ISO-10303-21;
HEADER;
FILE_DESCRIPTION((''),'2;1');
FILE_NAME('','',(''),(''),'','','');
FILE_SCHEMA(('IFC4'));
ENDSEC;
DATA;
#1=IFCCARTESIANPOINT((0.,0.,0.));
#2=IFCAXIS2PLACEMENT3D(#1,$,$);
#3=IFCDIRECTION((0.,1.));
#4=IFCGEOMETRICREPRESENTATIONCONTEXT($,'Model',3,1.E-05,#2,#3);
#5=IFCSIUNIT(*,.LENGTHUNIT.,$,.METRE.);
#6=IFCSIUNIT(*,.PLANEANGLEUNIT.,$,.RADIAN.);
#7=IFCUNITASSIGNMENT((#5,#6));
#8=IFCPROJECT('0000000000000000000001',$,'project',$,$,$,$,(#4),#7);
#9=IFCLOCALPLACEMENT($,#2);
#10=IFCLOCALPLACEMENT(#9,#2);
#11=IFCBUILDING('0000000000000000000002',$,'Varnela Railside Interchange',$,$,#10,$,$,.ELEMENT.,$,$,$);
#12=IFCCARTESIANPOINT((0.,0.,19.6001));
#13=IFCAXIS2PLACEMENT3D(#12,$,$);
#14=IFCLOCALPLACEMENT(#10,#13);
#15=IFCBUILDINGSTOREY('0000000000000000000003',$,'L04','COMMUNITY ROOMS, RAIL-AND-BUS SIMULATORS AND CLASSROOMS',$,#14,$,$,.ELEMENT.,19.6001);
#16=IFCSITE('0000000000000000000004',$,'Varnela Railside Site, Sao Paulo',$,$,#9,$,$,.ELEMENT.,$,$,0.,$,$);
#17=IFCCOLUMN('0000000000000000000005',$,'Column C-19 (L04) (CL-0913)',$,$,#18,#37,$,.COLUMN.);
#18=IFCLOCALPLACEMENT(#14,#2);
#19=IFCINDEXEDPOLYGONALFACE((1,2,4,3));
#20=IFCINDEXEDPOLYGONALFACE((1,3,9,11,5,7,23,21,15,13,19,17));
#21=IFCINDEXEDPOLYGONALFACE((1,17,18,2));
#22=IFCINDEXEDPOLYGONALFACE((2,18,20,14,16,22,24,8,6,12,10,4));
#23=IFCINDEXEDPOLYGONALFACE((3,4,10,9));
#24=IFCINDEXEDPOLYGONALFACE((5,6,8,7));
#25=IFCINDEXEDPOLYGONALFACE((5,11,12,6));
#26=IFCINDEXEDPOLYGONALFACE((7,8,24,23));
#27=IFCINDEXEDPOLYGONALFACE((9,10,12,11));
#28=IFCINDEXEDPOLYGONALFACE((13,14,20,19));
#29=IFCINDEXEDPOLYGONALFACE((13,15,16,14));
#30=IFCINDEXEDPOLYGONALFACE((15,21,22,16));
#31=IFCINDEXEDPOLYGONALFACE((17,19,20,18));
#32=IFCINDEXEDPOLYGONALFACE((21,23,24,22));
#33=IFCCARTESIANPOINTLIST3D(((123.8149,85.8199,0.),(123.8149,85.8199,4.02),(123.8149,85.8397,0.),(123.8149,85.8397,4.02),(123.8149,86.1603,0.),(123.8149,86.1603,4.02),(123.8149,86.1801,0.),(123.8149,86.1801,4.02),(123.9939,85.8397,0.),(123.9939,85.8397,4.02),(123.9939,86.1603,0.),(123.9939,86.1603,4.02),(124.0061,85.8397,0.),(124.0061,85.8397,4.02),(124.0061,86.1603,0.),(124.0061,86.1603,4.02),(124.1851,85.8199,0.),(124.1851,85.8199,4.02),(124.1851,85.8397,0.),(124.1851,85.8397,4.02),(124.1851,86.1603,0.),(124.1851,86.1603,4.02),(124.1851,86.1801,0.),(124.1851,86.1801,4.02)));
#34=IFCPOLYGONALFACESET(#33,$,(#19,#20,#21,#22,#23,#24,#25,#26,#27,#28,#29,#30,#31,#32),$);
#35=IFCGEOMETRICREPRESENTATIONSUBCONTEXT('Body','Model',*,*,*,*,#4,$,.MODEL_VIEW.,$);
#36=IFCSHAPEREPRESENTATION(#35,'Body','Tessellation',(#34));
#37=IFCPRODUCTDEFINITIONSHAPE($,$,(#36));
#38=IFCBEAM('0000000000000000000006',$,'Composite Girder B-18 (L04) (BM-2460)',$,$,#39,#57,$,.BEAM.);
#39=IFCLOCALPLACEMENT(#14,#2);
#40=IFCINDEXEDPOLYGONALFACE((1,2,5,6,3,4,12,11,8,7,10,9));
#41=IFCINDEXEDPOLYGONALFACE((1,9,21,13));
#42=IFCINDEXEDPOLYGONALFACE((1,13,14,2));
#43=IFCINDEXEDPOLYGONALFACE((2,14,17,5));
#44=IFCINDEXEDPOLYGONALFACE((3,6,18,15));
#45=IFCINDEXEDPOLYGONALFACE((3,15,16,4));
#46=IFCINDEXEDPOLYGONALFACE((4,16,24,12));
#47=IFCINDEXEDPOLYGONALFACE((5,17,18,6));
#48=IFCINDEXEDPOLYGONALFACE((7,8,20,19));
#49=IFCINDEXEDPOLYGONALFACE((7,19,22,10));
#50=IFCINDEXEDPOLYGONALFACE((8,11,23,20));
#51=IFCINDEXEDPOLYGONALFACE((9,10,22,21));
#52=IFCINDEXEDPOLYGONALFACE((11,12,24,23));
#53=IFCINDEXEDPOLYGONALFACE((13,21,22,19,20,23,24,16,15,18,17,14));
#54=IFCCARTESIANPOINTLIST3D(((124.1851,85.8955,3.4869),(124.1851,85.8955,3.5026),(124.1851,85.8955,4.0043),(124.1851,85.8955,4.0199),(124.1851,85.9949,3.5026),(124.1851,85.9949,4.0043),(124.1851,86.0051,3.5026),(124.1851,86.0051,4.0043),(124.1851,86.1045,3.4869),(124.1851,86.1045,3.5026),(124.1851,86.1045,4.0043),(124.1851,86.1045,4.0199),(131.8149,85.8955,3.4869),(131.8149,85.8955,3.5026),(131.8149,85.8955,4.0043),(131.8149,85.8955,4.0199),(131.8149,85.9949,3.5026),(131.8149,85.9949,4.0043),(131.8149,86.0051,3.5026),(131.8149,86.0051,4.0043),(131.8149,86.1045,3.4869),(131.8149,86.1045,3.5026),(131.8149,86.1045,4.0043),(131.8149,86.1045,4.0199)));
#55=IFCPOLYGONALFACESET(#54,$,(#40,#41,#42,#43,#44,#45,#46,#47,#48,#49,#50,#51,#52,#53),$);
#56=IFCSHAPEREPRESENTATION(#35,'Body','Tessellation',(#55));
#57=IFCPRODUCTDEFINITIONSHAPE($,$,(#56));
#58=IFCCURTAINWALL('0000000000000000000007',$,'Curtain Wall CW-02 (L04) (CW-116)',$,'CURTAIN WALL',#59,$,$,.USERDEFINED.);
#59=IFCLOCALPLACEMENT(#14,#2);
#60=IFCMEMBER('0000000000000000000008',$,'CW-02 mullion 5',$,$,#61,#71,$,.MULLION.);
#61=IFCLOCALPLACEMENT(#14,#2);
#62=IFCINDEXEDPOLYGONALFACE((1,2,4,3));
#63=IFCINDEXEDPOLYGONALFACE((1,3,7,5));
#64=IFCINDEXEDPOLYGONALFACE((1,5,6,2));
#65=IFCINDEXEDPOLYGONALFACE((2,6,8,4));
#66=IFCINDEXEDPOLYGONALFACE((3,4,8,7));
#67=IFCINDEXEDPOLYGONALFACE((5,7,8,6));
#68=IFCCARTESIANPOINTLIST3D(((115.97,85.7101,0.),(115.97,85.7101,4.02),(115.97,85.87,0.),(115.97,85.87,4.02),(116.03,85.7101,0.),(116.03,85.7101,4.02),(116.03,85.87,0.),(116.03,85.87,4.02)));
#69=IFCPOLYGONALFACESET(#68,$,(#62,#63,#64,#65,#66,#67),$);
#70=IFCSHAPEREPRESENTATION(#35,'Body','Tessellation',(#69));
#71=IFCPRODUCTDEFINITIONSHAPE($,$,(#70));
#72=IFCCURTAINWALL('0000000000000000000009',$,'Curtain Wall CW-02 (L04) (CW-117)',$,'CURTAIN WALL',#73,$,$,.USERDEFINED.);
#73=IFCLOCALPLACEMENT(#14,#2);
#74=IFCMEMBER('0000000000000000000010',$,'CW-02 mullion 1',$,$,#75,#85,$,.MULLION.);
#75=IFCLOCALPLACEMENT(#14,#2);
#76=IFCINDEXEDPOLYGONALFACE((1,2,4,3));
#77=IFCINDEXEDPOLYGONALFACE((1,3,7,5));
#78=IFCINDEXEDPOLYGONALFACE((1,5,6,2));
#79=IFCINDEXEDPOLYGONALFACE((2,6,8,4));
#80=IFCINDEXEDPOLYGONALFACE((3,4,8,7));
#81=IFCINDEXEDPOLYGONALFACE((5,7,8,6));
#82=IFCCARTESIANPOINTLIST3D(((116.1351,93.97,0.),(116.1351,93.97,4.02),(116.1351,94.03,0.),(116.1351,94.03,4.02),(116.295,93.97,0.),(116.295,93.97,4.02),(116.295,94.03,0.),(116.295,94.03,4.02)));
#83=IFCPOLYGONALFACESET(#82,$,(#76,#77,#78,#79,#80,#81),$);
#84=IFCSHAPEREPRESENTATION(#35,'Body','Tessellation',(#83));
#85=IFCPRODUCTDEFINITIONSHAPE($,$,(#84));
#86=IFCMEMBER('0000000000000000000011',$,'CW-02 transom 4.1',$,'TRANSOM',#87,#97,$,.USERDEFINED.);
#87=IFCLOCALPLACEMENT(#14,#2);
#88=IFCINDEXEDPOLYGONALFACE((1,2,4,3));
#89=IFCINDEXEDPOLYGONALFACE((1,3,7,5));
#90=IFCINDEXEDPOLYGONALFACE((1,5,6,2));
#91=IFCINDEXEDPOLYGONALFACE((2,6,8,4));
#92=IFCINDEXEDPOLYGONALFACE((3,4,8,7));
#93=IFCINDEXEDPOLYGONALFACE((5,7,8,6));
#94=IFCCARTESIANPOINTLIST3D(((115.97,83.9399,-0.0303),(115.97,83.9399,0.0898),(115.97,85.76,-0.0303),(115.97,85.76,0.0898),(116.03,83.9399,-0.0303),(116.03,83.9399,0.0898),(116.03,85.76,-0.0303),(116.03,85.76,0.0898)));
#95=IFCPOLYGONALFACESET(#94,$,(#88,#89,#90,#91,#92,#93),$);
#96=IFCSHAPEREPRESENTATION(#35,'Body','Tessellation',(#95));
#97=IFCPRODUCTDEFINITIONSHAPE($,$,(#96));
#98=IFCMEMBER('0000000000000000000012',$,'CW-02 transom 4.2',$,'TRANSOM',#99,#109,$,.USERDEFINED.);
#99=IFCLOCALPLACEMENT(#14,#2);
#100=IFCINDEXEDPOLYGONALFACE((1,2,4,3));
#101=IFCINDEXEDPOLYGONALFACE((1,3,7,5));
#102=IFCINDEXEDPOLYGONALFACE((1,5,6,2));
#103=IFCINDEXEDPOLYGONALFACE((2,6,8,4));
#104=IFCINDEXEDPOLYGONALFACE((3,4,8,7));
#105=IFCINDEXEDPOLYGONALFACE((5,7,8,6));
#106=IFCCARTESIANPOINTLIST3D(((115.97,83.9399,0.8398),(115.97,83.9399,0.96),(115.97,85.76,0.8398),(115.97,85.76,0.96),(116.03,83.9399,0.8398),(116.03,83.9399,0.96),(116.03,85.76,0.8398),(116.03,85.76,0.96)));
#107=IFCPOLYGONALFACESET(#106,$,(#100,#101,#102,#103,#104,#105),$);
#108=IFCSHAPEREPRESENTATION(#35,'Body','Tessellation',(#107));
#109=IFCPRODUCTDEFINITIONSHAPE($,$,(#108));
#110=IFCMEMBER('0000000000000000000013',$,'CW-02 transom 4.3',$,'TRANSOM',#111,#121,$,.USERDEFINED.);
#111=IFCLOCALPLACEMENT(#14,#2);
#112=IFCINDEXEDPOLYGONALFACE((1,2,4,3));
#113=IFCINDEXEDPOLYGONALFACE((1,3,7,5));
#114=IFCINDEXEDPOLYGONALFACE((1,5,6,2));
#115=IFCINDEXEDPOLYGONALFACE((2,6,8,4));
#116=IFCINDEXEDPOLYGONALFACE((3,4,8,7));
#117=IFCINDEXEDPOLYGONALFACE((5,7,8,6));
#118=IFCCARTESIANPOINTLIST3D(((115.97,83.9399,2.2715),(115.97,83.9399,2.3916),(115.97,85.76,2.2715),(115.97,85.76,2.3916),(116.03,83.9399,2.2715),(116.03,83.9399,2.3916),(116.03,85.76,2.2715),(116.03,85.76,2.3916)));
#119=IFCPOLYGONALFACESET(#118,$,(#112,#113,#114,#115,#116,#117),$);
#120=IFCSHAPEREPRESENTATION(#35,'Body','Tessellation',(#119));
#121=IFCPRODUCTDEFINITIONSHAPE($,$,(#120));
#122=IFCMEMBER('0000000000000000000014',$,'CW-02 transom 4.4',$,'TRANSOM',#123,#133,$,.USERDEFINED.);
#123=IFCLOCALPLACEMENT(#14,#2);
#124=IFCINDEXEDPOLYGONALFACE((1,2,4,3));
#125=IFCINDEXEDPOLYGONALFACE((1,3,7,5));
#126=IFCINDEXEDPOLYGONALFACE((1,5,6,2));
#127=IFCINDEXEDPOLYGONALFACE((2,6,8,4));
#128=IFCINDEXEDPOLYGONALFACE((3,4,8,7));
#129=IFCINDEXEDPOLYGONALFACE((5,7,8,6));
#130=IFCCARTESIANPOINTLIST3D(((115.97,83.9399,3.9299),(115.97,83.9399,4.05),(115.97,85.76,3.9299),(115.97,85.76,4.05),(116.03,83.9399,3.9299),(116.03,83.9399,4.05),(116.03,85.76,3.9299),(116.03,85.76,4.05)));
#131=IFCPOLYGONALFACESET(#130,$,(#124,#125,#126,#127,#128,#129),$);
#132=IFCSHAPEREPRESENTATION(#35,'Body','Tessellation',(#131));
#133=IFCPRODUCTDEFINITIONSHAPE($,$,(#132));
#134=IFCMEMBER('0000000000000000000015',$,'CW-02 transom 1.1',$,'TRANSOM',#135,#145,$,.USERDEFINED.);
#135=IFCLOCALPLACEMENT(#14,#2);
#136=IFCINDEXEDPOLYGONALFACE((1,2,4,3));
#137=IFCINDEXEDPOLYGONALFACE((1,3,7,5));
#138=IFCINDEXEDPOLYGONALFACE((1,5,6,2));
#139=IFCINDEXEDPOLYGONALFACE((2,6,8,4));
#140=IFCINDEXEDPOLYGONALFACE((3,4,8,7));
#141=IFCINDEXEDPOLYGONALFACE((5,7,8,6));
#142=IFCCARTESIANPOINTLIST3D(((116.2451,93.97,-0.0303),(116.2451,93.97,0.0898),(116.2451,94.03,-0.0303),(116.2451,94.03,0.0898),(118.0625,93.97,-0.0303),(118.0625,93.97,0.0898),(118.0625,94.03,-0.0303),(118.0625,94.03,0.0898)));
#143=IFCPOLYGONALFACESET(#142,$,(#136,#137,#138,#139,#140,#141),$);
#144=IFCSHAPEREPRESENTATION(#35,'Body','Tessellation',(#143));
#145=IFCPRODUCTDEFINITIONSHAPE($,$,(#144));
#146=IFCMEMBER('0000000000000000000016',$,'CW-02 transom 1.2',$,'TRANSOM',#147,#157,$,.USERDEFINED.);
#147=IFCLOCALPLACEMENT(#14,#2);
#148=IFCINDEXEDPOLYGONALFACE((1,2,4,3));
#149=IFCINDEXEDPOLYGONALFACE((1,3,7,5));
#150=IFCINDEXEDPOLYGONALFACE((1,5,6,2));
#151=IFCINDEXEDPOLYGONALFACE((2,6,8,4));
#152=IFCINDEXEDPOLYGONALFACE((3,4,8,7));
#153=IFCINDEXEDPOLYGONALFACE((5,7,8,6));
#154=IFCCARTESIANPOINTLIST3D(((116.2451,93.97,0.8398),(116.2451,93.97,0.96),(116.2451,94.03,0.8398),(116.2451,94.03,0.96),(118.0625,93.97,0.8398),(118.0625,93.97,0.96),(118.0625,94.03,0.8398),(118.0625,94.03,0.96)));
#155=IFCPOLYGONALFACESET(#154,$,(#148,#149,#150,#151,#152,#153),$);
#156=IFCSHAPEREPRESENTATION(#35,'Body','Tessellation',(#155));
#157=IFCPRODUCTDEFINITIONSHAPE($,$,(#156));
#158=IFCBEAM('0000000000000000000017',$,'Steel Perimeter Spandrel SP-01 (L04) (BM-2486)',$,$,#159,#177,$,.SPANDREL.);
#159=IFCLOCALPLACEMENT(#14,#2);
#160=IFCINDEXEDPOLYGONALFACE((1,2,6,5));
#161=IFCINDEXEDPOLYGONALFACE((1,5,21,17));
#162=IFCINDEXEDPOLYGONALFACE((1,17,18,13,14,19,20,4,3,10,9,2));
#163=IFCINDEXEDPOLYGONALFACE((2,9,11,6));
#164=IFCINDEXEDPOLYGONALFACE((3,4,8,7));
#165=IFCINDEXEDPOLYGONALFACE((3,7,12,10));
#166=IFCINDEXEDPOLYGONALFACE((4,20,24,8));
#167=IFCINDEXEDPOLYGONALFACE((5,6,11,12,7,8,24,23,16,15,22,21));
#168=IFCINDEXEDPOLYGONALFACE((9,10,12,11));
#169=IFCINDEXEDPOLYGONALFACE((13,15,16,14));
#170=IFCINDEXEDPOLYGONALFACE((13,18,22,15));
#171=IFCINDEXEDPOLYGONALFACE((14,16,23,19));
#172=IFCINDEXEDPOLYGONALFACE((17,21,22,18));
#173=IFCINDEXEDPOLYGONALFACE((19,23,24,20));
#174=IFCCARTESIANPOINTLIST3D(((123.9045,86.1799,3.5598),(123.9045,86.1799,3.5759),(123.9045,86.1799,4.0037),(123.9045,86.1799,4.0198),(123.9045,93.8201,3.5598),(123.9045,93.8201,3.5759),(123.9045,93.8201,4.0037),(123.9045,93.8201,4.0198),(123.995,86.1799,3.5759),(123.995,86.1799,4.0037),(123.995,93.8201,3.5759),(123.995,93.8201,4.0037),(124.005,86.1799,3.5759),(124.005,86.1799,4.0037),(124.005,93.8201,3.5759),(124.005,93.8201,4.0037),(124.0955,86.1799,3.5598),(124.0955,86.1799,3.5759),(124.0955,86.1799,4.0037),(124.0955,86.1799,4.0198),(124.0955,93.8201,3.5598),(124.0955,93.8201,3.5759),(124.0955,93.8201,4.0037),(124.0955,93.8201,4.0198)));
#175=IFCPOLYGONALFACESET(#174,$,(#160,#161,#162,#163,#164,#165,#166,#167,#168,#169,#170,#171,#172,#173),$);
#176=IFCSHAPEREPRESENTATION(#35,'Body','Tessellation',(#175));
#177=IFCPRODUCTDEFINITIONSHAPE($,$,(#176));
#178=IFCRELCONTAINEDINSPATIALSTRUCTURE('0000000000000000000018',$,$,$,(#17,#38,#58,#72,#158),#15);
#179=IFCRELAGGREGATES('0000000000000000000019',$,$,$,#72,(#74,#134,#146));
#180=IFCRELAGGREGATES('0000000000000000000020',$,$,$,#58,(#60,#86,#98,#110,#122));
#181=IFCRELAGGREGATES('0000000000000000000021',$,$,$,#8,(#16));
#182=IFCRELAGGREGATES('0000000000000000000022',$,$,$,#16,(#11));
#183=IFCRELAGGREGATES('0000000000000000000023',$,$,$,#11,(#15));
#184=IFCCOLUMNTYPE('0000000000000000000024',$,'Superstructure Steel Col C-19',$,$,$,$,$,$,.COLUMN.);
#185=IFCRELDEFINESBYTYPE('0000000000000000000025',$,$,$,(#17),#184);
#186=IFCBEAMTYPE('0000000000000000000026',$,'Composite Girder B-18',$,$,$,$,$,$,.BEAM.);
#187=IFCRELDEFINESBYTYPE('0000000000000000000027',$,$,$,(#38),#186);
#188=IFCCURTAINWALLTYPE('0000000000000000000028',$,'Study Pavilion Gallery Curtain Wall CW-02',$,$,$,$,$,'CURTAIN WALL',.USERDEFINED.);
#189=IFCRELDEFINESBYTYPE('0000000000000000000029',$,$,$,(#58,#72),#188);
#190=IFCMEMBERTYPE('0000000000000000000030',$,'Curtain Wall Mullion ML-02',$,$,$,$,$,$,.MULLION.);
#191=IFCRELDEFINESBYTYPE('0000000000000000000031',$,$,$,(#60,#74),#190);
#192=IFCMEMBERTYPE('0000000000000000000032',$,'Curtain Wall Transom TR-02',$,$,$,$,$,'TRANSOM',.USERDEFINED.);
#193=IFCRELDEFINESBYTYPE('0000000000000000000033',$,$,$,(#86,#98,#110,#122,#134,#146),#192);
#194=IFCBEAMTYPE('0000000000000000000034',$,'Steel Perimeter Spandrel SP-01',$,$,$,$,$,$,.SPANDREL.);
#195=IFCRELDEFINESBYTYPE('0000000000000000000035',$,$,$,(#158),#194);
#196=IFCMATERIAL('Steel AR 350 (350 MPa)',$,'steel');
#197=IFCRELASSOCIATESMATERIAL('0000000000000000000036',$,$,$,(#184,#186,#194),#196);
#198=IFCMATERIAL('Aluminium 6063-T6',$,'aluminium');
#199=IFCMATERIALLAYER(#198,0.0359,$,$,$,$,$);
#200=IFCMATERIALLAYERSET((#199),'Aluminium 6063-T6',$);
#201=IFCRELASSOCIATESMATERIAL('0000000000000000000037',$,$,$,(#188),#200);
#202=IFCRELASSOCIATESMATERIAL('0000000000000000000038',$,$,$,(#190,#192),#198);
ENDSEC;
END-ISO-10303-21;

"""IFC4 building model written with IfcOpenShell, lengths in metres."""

from ifc_helpers import new_model, si_unit, direction, frame, origin, origin_2d, place, context, subcontext, project, spatial, rectangle, i_section, extrude, material, layer, layer_set, material_profile, profile_set, type_object, element, aggregate, save


model = new_model("IFC4")

# Units and contexts
model_context = context("Model", 3, precision=1e-05, world=origin(), true_north=direction((0.0, 1.0)))
body_context = subcontext(model_context, "Body", "Model", "MODEL_VIEW")
ifc_project = project(units=[si_unit("LENGTHUNIT", "METRE"), si_unit("PLANEANGLEUNIT", "RADIAN")], contexts=[model_context])

# Site, building, storey
site_placement = place(None, origin())
site = spatial("IfcSite", under=ifc_project, at=site_placement, Name="Varnela Railside Site, Sao Paulo", CompositionType="ELEMENT", RefElevation=0.0)
building_placement = place(site_placement, origin())
building = spatial("IfcBuilding", under=site, at=building_placement, Name="Varnela Railside Interchange", CompositionType="ELEMENT")
storey_placement = place(building_placement, frame((0.0, 0.0, 19.6001)))
storey = spatial("IfcBuildingStorey", under=building, at=storey_placement, Name="L04", Description="COMMUNITY ROOMS, RAIL-AND-BUS SIMULATORS AND CLASSROOMS", CompositionType="ELEMENT", Elevation=19.6001)

# Column
ifc_material_1 = material(Name="Steel AR 350 (350 MPa)", Category="steel")
ifc_material_profile_1 = material_profile(ifc_material_1, i_section(OverallWidth=0.3701, OverallDepth=0.3601, WebThickness=0.0122, FlangeThickness=0.0198, at=origin_2d()), Name="W360x147")
ifc_profile_set_1 = profile_set([ifc_material_profile_1], Name="Steel AR 350 (350 MPa)")
column_type = type_object("IfcColumnType", Name="Superstructure Steel Col C-19", PredefinedType="COLUMN", material=ifc_profile_set_1)
column_placement = place(storey_placement, frame((124.0, 86.0, 0.0), z_axis=(0.0, 0.0, 1.0), x_axis=(1.0, 0.0, 0.0)))
element("IfcColumn", 1, at=column_placement, inside=storey, type_object=column_type, Name="Column C-19 (L04) (CL-0913)", PredefinedType="COLUMN", context=body_context, shape_type="SweptSolid", body=[
    extrude(i_section(OverallWidth=0.3701, OverallDepth=0.3601, WebThickness=0.0122, FlangeThickness=0.0198, at=origin_2d()), origin(), (0.0, 0.0, 1.0), 4.02),
])

# Beam
ifc_material_profile_2 = material_profile(ifc_material_1, i_section(OverallWidth=0.209, OverallDepth=0.533, WebThickness=0.0103, FlangeThickness=0.0156, at=origin_2d()), Name="W530x92")
ifc_profile_set_2 = profile_set([ifc_material_profile_2], Name="Steel AR 350 (350 MPa)")
beam_type_1 = type_object("IfcBeamType", Name="Composite Girder B-18", PredefinedType="BEAM", material=ifc_profile_set_2)
beam_1_placement = place(storey_placement, frame((124.1851, 86.0, 3.7534), z_axis=(1.0, 0.0, 0.0), x_axis=(0.0, 1.0, 0.0)))
element("IfcBeam", 2, at=beam_1_placement, inside=storey, type_object=beam_type_1, Name="Composite Girder B-18 (L04) (BM-2460)", PredefinedType="BEAM", context=body_context, shape_type="SweptSolid", body=[
    extrude(i_section(OverallWidth=0.209, OverallDepth=0.533, WebThickness=0.0103, FlangeThickness=0.0156, at=origin_2d()), origin(), (0.0, 0.0, 1.0), 7.6299),
])

# Curtain walls, members
ifc_material_2 = material(Name="Aluminium 6063-T6", Category="aluminium")
ifc_layer_1 = layer(ifc_material_2, 0.0359)
ifc_layer_set_1 = layer_set([ifc_layer_1], Name="Aluminium 6063-T6")
curtain_wall_type = type_object("IfcCurtainWallType", Name="Study Pavilion Gallery Curtain Wall CW-02", ElementType="CURTAIN WALL", PredefinedType="USERDEFINED", material=ifc_layer_set_1)
curtain_wall_1_placement = place(storey_placement, origin())
curtain_wall_1 = element("IfcCurtainWall", 3, at=curtain_wall_1_placement, inside=storey, type_object=curtain_wall_type, Name="Curtain Wall CW-02 (L04) (CW-116)", ObjectType="CURTAIN WALL", PredefinedType="USERDEFINED")
ifc_material_profile_3 = material_profile(ifc_material_2, rectangle(XDim=0.0601, YDim=0.1599, at=origin_2d()), Name="ALU 60x160")
ifc_profile_set_3 = profile_set([ifc_material_profile_3], Name="Aluminium 6063-T6")
member_type_1 = type_object("IfcMemberType", Name="Curtain Wall Mullion ML-02", PredefinedType="MULLION", material=ifc_profile_set_3)
member_1_placement = place(storey_placement, frame((116.0, 85.79, 0.0), z_axis=(0.0, 0.0, 1.0), x_axis=(-1.0, 0.0, 0.0)))
member_1 = element("IfcMember", 4, at=member_1_placement, type_object=member_type_1, Name="CW-02 mullion 5", PredefinedType="MULLION", context=body_context, shape_type="SweptSolid", body=[
    extrude(rectangle(XDim=0.0601, YDim=0.1599, at=origin_2d()), origin(), (0.0, 0.0, 1.0), 4.02),
])
curtain_wall_2_placement = place(storey_placement, origin())
curtain_wall_2 = element("IfcCurtainWall", 5, at=curtain_wall_2_placement, inside=storey, type_object=curtain_wall_type, Name="Curtain Wall CW-02 (L04) (CW-117)", ObjectType="CURTAIN WALL", PredefinedType="USERDEFINED")
member_2_placement = place(storey_placement, frame((116.2151, 94.0, 0.0), z_axis=(0.0, 0.0, 1.0), x_axis=(0.0, 1.0, 0.0)))
member_2 = element("IfcMember", 6, at=member_2_placement, type_object=member_type_1, Name="CW-02 mullion 1", PredefinedType="MULLION", context=body_context, shape_type="SweptSolid", body=[
    extrude(rectangle(XDim=0.0601, YDim=0.1599, at=origin_2d()), origin(), (0.0, 0.0, 1.0), 4.02),
])

# Members
ifc_material_profile_4 = material_profile(ifc_material_2, rectangle(XDim=0.0601, YDim=0.1201, at=origin_2d()), Name="ALU 60x120")
ifc_profile_set_4 = profile_set([ifc_material_profile_4], Name="Aluminium 6063-T6")
member_type_2 = type_object("IfcMemberType", Name="Curtain Wall Transom TR-02", ElementType="TRANSOM", PredefinedType="USERDEFINED", material=ifc_profile_set_4)
member_3_placement = place(storey_placement, frame((116.0, 83.9399, 0.0298), z_axis=(0.0, 1.0, 0.0), x_axis=(-1.0, 0.0, 0.0)))
member_3 = element("IfcMember", 7, at=member_3_placement, type_object=member_type_2, Name="CW-02 transom 4.1", ObjectType="TRANSOM", PredefinedType="USERDEFINED", context=body_context, shape_type="SweptSolid", body=[
    extrude(rectangle(XDim=0.0601, YDim=0.1201, at=origin_2d()), origin(), (0.0, 0.0, 1.0), 1.8201),
])
member_4_placement = place(storey_placement, frame((116.0, 83.9399, 0.8999), z_axis=(0.0, 1.0, 0.0), x_axis=(-1.0, 0.0, 0.0)))
member_4 = element("IfcMember", 8, at=member_4_placement, type_object=member_type_2, Name="CW-02 transom 4.2", ObjectType="TRANSOM", PredefinedType="USERDEFINED", context=body_context, shape_type="SweptSolid", body=[
    extrude(rectangle(XDim=0.0601, YDim=0.1201, at=origin_2d()), origin(), (0.0, 0.0, 1.0), 1.8201),
])
member_5_placement = place(storey_placement, frame((116.0, 83.9399, 2.3315), z_axis=(0.0, 1.0, 0.0), x_axis=(-1.0, 0.0, 0.0)))
member_5 = element("IfcMember", 9, at=member_5_placement, type_object=member_type_2, Name="CW-02 transom 4.3", ObjectType="TRANSOM", PredefinedType="USERDEFINED", context=body_context, shape_type="SweptSolid", body=[
    extrude(rectangle(XDim=0.0601, YDim=0.1201, at=origin_2d()), origin(), (0.0, 0.0, 1.0), 1.8201),
])
member_6_placement = place(storey_placement, frame((116.0, 83.9399, 3.99), z_axis=(0.0, 1.0, 0.0), x_axis=(-1.0, 0.0, 0.0)))
member_6 = element("IfcMember", 10, at=member_6_placement, type_object=member_type_2, Name="CW-02 transom 4.4", ObjectType="TRANSOM", PredefinedType="USERDEFINED", context=body_context, shape_type="SweptSolid", body=[
    extrude(rectangle(XDim=0.0601, YDim=0.1201, at=origin_2d()), origin(), (0.0, 0.0, 1.0), 1.8201),
])
member_7_placement = place(storey_placement, frame((116.2451, 94.0, 0.0298), z_axis=(1.0, 0.0, 0.0), x_axis=(0.0, 1.0, 0.0)))
member_7 = element("IfcMember", 11, at=member_7_placement, type_object=member_type_2, Name="CW-02 transom 1.1", ObjectType="TRANSOM", PredefinedType="USERDEFINED", context=body_context, shape_type="SweptSolid", body=[
    extrude(rectangle(XDim=0.0601, YDim=0.1201, at=origin_2d()), origin(), (0.0, 0.0, 1.0), 1.8174),
])
member_8_placement = place(storey_placement, frame((116.2451, 94.0, 0.8999), z_axis=(1.0, 0.0, 0.0), x_axis=(0.0, 1.0, 0.0)))
member_8 = element("IfcMember", 12, at=member_8_placement, type_object=member_type_2, Name="CW-02 transom 1.2", ObjectType="TRANSOM", PredefinedType="USERDEFINED", context=body_context, shape_type="SweptSolid", body=[
    extrude(rectangle(XDim=0.0601, YDim=0.1201, at=origin_2d()), origin(), (0.0, 0.0, 1.0), 1.8174),
])
aggregate(curtain_wall_2, [member_2, member_7, member_8])

# Beam
ifc_material_profile_5 = material_profile(ifc_material_1, i_section(OverallWidth=0.1909, OverallDepth=0.46, WebThickness=0.01, FlangeThickness=0.0161, at=origin_2d()), Name="W460x82")
ifc_profile_set_5 = profile_set([ifc_material_profile_5], Name="Steel AR 350 (350 MPa)")
beam_type_2 = type_object("IfcBeamType", Name="Steel Perimeter Spandrel SP-01", PredefinedType="SPANDREL", material=ifc_profile_set_5)
beam_2_placement = place(storey_placement, frame((124.0, 86.1799, 3.7898), z_axis=(0.0, 1.0, 0.0), x_axis=(-1.0, 0.0, 0.0)))
element("IfcBeam", 13, at=beam_2_placement, inside=storey, type_object=beam_type_2, Name="Steel Perimeter Spandrel SP-01 (L04) (BM-2486)", PredefinedType="SPANDREL", context=body_context, shape_type="SweptSolid", body=[
    extrude(i_section(OverallWidth=0.1909, OverallDepth=0.46, WebThickness=0.01, FlangeThickness=0.0161, at=origin_2d()), origin(), (0.0, 0.0, 1.0), 7.6401),
])

aggregate(curtain_wall_1, [member_1, member_3, member_4, member_5, member_6])

save(model, "model.ifc")
